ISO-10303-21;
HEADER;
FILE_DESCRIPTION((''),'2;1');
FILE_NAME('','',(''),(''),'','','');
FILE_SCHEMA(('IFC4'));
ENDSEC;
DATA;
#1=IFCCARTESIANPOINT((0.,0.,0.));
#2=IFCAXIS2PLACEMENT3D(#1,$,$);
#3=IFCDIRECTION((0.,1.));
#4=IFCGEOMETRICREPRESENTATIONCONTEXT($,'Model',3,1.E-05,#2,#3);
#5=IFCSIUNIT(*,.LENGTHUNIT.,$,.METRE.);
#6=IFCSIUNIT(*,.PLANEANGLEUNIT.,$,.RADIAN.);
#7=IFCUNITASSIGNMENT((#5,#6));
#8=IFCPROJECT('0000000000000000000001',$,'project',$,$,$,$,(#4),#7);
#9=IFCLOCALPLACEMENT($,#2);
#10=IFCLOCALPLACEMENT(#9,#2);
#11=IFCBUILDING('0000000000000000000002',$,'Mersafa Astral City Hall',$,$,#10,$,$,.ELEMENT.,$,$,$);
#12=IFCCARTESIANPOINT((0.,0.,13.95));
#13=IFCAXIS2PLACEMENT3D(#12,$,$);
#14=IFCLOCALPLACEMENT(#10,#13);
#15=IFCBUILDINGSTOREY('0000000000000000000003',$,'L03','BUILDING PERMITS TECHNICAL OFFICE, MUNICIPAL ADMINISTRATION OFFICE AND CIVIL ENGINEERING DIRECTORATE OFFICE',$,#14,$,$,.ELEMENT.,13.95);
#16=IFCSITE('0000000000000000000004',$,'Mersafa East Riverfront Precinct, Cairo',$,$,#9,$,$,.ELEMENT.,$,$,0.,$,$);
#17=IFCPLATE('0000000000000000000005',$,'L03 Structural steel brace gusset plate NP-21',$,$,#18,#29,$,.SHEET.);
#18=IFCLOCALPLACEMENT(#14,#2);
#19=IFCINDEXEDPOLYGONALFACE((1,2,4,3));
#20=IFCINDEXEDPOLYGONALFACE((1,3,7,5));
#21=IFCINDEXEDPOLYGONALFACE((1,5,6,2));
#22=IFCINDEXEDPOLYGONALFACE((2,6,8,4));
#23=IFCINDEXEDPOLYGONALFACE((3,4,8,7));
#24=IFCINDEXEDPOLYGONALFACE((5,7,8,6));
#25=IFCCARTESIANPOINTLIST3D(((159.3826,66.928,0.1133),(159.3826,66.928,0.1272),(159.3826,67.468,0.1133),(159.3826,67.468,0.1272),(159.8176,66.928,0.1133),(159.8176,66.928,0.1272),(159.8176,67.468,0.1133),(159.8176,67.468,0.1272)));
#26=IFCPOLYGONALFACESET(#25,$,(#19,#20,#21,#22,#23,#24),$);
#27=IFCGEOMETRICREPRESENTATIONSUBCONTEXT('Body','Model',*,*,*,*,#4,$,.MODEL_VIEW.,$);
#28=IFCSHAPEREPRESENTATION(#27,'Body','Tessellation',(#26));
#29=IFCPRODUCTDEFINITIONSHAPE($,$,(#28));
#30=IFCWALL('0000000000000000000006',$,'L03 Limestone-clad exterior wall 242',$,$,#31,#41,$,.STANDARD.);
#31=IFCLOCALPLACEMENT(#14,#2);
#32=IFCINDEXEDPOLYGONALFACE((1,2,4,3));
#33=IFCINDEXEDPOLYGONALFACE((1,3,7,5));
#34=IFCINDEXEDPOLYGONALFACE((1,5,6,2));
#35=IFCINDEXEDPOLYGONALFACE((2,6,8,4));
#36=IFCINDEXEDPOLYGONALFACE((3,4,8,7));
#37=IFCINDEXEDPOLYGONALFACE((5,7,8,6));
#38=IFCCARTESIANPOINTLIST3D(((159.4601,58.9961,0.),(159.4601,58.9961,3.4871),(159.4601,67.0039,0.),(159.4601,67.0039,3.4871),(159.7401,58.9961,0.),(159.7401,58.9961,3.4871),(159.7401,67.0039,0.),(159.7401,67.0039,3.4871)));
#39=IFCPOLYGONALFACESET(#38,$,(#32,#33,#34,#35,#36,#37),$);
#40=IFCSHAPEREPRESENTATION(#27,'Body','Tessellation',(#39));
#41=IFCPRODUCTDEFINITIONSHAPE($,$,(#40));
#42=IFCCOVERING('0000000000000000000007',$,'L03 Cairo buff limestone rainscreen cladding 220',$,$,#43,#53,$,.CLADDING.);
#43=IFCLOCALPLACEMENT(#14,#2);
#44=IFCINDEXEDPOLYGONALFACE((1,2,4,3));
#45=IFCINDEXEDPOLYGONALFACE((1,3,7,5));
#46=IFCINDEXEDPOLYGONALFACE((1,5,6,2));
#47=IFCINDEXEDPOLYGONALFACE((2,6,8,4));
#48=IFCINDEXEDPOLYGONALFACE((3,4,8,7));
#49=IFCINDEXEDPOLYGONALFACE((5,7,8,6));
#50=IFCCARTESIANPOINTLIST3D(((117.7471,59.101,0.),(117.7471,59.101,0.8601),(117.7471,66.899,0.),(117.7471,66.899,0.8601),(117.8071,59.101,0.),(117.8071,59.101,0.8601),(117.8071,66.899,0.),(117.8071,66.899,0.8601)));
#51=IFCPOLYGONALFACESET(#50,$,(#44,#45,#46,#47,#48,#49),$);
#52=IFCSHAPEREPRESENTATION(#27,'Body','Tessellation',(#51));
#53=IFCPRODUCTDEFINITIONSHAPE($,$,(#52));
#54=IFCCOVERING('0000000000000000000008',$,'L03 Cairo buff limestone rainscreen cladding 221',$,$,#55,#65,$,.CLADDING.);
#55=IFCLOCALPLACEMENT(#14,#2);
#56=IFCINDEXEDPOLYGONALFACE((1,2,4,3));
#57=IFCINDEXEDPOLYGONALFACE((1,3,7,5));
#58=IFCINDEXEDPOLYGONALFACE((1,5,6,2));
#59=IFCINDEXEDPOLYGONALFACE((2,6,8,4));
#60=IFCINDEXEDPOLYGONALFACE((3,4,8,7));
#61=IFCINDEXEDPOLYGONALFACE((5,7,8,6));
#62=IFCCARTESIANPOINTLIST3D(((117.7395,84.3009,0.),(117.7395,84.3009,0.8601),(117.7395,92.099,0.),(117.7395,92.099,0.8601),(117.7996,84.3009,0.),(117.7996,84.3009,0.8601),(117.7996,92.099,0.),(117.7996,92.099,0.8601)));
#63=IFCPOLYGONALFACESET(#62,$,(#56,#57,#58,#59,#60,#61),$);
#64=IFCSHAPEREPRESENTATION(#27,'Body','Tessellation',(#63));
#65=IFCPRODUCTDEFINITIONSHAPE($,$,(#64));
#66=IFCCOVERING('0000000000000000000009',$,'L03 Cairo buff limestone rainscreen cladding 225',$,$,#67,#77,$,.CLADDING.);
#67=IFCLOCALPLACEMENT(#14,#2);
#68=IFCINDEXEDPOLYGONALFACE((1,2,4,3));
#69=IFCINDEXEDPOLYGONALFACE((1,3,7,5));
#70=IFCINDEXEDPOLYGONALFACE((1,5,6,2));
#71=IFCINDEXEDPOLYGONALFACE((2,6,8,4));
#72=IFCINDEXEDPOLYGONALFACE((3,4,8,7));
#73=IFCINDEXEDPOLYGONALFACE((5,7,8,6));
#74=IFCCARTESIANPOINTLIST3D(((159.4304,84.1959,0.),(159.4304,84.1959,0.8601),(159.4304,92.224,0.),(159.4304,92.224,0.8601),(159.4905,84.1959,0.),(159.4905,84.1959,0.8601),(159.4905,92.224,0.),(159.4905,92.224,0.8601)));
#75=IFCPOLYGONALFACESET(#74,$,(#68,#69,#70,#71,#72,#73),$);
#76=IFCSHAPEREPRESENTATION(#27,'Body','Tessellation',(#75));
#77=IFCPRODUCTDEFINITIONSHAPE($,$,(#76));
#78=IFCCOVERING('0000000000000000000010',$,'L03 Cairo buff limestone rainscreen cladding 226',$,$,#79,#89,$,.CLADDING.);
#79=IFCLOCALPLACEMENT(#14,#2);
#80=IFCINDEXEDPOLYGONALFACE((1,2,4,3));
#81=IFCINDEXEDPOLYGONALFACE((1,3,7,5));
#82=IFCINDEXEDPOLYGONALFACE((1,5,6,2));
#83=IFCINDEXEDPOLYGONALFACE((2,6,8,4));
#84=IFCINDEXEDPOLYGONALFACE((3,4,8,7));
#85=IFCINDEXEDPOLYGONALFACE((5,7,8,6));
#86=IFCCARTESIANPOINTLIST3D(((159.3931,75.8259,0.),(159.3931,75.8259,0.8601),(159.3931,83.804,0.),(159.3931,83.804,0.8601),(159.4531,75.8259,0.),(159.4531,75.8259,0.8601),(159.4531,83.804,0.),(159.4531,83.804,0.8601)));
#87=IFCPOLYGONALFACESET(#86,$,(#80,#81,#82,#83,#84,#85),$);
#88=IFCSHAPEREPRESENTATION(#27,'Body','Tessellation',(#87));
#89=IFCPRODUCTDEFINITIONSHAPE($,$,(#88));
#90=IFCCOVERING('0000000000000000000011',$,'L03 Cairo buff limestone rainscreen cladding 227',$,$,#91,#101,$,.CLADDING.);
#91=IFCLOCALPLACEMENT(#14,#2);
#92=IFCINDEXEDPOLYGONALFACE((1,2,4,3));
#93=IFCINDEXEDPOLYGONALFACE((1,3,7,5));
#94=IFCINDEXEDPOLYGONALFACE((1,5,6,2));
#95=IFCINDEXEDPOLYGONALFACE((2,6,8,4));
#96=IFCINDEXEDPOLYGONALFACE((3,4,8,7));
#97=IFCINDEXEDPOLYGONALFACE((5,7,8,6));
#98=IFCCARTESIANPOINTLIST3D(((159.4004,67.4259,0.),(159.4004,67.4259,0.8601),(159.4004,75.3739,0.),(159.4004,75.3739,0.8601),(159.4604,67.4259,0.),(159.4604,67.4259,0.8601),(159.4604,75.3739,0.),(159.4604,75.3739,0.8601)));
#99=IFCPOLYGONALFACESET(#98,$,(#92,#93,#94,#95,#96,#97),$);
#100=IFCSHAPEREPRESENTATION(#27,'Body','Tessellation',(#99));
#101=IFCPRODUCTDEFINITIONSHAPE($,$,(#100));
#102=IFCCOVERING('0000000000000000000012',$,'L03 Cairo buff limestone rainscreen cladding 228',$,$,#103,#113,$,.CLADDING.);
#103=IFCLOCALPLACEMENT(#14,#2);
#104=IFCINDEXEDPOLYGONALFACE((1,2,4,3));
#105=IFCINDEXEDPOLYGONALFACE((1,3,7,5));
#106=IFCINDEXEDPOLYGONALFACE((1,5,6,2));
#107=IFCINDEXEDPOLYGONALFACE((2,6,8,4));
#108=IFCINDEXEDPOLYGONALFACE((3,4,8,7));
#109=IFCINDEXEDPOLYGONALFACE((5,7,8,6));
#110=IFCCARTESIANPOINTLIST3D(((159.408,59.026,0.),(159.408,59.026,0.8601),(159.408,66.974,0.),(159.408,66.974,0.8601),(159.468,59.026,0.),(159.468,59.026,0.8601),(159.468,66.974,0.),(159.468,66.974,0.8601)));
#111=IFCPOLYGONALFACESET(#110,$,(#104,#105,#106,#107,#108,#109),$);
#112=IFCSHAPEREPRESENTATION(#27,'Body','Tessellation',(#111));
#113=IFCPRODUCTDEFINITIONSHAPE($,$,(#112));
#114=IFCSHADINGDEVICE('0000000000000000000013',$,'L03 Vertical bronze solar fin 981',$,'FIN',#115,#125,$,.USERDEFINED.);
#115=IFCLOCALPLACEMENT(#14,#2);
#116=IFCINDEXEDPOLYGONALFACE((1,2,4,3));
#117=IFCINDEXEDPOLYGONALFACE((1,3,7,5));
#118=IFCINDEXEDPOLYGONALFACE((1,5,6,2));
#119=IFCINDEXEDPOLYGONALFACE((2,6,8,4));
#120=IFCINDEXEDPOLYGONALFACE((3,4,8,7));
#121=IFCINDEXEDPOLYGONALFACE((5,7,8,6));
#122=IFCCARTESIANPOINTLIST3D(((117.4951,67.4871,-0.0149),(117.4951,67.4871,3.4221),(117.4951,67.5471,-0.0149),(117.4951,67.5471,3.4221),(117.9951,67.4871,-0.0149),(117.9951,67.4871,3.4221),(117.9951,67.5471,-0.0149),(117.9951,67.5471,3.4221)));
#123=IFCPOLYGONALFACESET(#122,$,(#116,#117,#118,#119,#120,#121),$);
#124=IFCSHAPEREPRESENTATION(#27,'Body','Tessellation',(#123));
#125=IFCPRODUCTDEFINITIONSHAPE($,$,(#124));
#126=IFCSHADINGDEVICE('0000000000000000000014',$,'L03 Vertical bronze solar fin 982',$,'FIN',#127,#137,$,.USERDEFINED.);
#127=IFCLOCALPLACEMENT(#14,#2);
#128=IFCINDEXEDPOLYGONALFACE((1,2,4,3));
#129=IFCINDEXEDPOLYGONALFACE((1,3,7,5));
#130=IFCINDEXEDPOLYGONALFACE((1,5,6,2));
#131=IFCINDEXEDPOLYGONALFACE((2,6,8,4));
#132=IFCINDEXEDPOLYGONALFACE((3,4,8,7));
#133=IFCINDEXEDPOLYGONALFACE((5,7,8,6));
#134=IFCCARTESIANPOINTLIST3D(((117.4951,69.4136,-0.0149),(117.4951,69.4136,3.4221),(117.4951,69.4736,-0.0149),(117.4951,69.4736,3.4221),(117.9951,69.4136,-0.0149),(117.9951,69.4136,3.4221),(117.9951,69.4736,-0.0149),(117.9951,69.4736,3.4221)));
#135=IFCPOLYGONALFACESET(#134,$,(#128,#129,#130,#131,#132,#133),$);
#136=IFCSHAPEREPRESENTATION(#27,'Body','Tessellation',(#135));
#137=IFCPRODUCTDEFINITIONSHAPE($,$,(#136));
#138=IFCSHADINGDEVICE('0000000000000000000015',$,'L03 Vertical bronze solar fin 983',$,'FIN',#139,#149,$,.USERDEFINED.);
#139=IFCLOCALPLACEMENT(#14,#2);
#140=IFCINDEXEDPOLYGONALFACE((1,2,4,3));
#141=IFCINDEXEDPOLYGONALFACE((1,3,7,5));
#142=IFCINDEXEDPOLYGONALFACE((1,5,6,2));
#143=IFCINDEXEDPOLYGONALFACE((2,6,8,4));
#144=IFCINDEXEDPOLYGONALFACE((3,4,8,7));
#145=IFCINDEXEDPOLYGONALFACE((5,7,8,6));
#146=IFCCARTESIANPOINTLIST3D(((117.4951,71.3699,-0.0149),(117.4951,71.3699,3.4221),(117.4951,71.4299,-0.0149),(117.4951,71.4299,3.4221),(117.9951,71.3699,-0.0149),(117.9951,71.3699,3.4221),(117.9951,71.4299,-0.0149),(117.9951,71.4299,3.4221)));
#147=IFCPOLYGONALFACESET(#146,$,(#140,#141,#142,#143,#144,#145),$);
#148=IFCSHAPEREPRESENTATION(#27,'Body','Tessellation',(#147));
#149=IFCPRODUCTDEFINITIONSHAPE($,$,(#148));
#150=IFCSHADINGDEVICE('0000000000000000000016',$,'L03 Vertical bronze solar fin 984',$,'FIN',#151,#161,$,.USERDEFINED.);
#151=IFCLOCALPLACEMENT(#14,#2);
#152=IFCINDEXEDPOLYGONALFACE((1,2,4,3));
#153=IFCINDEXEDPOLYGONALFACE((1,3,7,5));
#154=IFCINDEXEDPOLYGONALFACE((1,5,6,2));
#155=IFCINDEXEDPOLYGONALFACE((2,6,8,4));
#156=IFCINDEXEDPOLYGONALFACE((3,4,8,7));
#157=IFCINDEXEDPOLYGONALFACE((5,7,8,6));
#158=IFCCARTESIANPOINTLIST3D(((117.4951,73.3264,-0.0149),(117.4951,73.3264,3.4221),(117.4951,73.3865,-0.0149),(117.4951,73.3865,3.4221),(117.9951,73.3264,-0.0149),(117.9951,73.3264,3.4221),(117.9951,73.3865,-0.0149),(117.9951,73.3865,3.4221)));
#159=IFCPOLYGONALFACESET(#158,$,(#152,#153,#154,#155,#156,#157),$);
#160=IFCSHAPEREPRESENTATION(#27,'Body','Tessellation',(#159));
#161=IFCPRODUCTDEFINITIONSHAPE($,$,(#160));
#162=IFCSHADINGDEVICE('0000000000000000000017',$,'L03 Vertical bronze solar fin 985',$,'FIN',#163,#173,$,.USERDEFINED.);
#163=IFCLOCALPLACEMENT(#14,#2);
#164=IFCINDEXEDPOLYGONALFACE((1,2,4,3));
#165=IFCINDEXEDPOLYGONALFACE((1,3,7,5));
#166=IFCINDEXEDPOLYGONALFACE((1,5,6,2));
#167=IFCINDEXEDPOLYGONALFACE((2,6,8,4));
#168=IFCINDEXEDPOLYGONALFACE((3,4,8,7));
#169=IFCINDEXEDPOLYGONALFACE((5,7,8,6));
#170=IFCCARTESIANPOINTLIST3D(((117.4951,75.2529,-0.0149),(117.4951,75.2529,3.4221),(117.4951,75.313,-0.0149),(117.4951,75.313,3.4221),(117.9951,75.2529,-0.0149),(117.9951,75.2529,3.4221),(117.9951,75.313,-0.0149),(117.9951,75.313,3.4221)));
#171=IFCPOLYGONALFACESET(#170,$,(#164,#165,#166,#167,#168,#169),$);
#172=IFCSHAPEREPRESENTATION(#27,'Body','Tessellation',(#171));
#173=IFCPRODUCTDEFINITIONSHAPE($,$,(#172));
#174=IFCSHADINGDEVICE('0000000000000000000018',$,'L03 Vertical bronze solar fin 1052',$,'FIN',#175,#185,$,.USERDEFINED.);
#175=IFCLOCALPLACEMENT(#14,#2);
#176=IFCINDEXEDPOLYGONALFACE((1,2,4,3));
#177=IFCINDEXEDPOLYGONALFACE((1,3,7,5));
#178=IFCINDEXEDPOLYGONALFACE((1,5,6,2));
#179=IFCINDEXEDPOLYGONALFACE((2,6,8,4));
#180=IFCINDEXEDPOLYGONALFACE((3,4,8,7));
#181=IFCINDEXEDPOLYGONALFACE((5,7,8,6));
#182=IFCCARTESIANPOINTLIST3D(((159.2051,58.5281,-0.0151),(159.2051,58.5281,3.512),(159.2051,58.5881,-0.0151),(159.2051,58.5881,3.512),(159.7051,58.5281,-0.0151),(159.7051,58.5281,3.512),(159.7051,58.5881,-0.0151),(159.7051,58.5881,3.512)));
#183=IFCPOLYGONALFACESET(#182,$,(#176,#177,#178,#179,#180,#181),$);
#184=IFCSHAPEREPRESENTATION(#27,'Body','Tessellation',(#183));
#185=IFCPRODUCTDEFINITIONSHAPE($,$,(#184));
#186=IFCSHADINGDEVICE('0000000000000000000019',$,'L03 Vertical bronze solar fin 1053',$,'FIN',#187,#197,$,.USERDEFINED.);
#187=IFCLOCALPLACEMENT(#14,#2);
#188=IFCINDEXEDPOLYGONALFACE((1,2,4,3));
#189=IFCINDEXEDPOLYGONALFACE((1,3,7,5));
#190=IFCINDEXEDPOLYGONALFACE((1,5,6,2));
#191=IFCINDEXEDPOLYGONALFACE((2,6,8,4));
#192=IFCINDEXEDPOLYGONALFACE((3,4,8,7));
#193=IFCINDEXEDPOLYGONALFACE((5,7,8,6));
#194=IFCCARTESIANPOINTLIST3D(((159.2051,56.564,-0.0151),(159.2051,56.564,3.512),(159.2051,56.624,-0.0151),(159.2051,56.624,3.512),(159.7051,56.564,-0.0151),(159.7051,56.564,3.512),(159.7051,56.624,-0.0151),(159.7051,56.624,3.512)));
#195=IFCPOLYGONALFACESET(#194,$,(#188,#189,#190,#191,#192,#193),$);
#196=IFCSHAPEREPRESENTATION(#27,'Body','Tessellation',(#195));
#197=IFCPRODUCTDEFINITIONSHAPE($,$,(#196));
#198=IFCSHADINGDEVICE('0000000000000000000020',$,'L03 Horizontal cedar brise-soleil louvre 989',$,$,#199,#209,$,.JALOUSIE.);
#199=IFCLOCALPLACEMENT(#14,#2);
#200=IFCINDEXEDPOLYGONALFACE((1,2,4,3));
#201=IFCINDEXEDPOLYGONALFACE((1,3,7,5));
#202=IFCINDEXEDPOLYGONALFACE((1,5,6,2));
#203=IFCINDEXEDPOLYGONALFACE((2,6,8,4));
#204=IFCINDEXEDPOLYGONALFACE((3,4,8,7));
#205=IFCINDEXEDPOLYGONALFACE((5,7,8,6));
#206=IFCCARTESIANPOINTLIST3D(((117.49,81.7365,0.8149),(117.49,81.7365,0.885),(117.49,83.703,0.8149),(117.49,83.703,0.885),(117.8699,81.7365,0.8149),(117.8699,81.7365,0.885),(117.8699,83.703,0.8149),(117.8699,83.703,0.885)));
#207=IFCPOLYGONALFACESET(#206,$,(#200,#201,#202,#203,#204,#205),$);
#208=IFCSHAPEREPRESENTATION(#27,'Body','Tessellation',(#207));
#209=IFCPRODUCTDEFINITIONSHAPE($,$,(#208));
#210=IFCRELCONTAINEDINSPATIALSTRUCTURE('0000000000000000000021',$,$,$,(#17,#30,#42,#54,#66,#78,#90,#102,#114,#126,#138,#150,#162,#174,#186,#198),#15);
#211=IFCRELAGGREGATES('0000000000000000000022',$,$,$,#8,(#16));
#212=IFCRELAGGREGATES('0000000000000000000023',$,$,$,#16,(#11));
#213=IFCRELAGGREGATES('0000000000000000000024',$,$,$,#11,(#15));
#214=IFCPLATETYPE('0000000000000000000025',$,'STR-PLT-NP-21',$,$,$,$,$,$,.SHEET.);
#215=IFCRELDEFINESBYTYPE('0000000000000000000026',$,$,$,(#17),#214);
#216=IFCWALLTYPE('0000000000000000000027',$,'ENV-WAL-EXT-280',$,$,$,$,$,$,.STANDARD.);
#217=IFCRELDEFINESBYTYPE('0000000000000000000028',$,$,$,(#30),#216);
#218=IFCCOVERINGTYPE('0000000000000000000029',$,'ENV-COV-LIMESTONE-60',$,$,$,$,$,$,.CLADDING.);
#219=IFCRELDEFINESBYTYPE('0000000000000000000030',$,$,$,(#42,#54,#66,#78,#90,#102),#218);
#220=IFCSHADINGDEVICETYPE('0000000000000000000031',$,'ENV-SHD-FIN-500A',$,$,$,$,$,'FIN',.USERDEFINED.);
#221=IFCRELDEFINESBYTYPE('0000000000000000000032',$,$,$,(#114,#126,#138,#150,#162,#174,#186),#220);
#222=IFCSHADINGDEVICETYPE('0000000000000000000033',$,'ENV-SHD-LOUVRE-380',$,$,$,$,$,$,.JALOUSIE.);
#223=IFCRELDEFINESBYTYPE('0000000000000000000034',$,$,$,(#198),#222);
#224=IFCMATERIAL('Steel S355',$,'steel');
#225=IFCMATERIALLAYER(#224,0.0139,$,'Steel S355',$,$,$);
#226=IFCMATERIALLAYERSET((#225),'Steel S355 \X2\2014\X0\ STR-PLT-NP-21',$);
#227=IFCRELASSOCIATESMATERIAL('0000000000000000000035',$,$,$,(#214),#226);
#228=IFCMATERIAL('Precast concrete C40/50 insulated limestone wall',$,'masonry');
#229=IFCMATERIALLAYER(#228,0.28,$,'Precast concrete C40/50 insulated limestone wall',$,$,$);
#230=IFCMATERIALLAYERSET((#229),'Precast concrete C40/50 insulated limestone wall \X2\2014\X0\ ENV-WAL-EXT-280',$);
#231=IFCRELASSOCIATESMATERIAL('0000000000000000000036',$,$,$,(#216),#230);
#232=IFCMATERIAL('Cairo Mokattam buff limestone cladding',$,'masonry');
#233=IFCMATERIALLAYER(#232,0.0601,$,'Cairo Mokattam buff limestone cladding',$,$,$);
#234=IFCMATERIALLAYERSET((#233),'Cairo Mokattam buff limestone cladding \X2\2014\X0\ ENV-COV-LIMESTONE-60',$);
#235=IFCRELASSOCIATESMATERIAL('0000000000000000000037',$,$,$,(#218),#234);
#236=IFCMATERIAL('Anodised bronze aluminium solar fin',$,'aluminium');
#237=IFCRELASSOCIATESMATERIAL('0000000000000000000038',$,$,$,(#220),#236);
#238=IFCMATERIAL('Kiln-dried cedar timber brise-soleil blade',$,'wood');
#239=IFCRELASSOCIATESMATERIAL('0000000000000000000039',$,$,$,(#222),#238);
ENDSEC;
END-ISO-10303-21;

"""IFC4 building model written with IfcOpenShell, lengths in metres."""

from ifc_helpers import new_model, si_unit, direction, frame, frame_2d, origin, origin_2d, place, context, subcontext, project, spatial, rectangle, extrude, material, layer, layer_set, type_object, element, save


model = new_model("IFC4")

# Units and contexts
model_context = context("Model", 3, precision=1e-05, world=origin(), true_north=direction((0.0, 1.0)))
body_context = subcontext(model_context, "Body", "Model", "MODEL_VIEW")
ifc_project = project(units=[si_unit("LENGTHUNIT", "METRE"), si_unit("PLANEANGLEUNIT", "RADIAN")], contexts=[model_context])

# Site, building, storey
site_placement = place(None, origin())
site = spatial("IfcSite", under=ifc_project, at=site_placement, Name="Mersafa East Riverfront Precinct, Cairo", CompositionType="ELEMENT", RefElevation=0.0)
building_placement = place(site_placement, origin())
building = spatial("IfcBuilding", under=site, at=building_placement, Name="Mersafa Astral City Hall", CompositionType="ELEMENT")
storey_placement = place(building_placement, frame((0.0, 0.0, 13.95)))
storey = spatial("IfcBuildingStorey", under=building, at=storey_placement, Name="L03", Description="BUILDING PERMITS TECHNICAL OFFICE, MUNICIPAL ADMINISTRATION OFFICE AND CIVIL ENGINEERING DIRECTORATE OFFICE", CompositionType="ELEMENT", Elevation=13.95)

# Shared definitions
ifc_material_1 = material(Name="Steel S355", Category="steel")

# Plate
ifc_layer_1 = layer(ifc_material_1, 0.0139, Name="Steel S355")
ifc_layer_set_1 = layer_set([ifc_layer_1], Name="Steel S355 — STR-PLT-NP-21")
plate_type = type_object("IfcPlateType", Name="STR-PLT-NP-21", PredefinedType="SHEET", material=ifc_layer_set_1)
plate_placement = place(storey_placement, frame((159.6001, 67.198, 0.1133), z_axis=(0.0, 0.0, 1.0), x_axis=(1.0, 0.0, 0.0)))
element("IfcPlate", 1, at=plate_placement, inside=storey, type_object=plate_type, Name="L03 Structural steel brace gusset plate NP-21", PredefinedType="SHEET", context=body_context, shape_type="SweptSolid", body=[
    extrude(rectangle(XDim=0.4351, YDim=0.54, at=origin_2d()), origin(), (0.0, 0.0, 1.0), 0.0139),
])

# Wall
ifc_material_2 = material(Name="Precast concrete C40/50 insulated limestone wall", Category="masonry")
ifc_layer_2 = layer(ifc_material_2, 0.28, Name="Precast concrete C40/50 insulated limestone wall")
ifc_layer_set_2 = layer_set([ifc_layer_2], Name="Precast concrete C40/50 insulated limestone wall — ENV-WAL-EXT-280")
wall_type = type_object("IfcWallType", Name="ENV-WAL-EXT-280", PredefinedType="STANDARD", material=ifc_layer_set_2)
wall_placement = place(storey_placement, frame((159.6001, 67.0039, 0.0), z_axis=(0.0, 0.0, 1.0), x_axis=(0.0, -1.0, 0.0)))
element("IfcWall", 2, at=wall_placement, inside=storey, type_object=wall_type, Name="L03 Limestone-clad exterior wall 242", PredefinedType="STANDARD", context=body_context, shape_type="SweptSolid", body=[
    extrude(rectangle(XDim=8.0078, YDim=0.28, at=frame_2d((4.0039, 0.0))), origin(), (0.0, 0.0, 1.0), 3.4871),
])

# Coverings
ifc_material_3 = material(Name="Cairo Mokattam buff limestone cladding", Category="masonry")
ifc_layer_3 = layer(ifc_material_3, 0.0601, Name="Cairo Mokattam buff limestone cladding")
ifc_layer_set_3 = layer_set([ifc_layer_3], Name="Cairo Mokattam buff limestone cladding — ENV-COV-LIMESTONE-60")
covering_type = type_object("IfcCoveringType", Name="ENV-COV-LIMESTONE-60", PredefinedType="CLADDING", material=ifc_layer_set_3)
for number, where, z_axis, x_axis, name in (
    (3, (117.7771, 63.0, 0.0), (0.0, 0.0, 1.0), (0.0, 1.0, 0.0), "L03 Cairo buff limestone rainscreen cladding 220"),
    (4, (117.7695, 88.2, 0.0), (0.0, 0.0, 1.0), (0.0, 1.0, 0.0), "L03 Cairo buff limestone rainscreen cladding 221"),
):
    element("IfcCovering", number, at=place(storey_placement, frame(where, z_axis=z_axis, x_axis=x_axis)), inside=storey, type_object=covering_type, Name=name, PredefinedType="CLADDING", context=body_context, shape_type="SweptSolid", body=[
        extrude(rectangle(XDim=7.7981, YDim=0.0601, at=origin_2d()), origin(), (0.0, 0.0, 1.0), 0.8601),
    ])
covering_1_placement = place(storey_placement, frame((159.4604, 88.21, 0.0), z_axis=(0.0, 0.0, 1.0), x_axis=(0.0, -1.0, 0.0)))
element("IfcCovering", 5, at=covering_1_placement, inside=storey, type_object=covering_type, Name="L03 Cairo buff limestone rainscreen cladding 225", PredefinedType="CLADDING", context=body_context, shape_type="SweptSolid", body=[
    extrude(rectangle(XDim=8.0281, YDim=0.0601, at=origin_2d()), origin(), (0.0, 0.0, 1.0), 0.8601),
])
covering_2_placement = place(storey_placement, frame((159.4231, 79.8149, 0.0), z_axis=(0.0, 0.0, 1.0), x_axis=(0.0, -1.0, 0.0)))
element("IfcCovering", 6, at=covering_2_placement, inside=storey, type_object=covering_type, Name="L03 Cairo buff limestone rainscreen cladding 226", PredefinedType="CLADDING", context=body_context, shape_type="SweptSolid", body=[
    extrude(rectangle(XDim=7.978, YDim=0.0601, at=origin_2d()), origin(), (0.0, 0.0, 1.0), 0.8601),
])
for number, where, z_axis, x_axis, name in (
    (7, (159.4304, 71.3999, 0.0), (0.0, 0.0, 1.0), (0.0, -1.0, 0.0), "L03 Cairo buff limestone rainscreen cladding 227"),
    (8, (159.438, 63.0, 0.0), (0.0, 0.0, 1.0), (0.0, -1.0, 0.0), "L03 Cairo buff limestone rainscreen cladding 228"),
):
    element("IfcCovering", number, at=place(storey_placement, frame(where, z_axis=z_axis, x_axis=x_axis)), inside=storey, type_object=covering_type, Name=name, PredefinedType="CLADDING", context=body_context, shape_type="SweptSolid", body=[
        extrude(rectangle(XDim=7.948, YDim=0.0601, at=origin_2d()), origin(), (0.0, 0.0, 1.0), 0.8601),
    ])

# Shading devices
ifc_material_4 = material(Name="Anodised bronze aluminium solar fin", Category="aluminium")
shading_device_type_1 = type_object("IfcShadingDeviceType", Name="ENV-SHD-FIN-500A", ElementType="FIN", PredefinedType="USERDEFINED", material=ifc_material_4)
for number, where, z_axis, x_axis, name in (
    (9, (117.7451, 67.5171, -0.0149), (0.0, 0.0, 1.0), (0.0, 1.0, 0.0), "L03 Vertical bronze solar fin 981"),
    (10, (117.7451, 69.4436, -0.0149), (0.0, 0.0, 1.0), (0.0, 1.0, 0.0), "L03 Vertical bronze solar fin 982"),
    (11, (117.7451, 71.3999, -0.0149), (0.0, 0.0, 1.0), (0.0, 1.0, 0.0), "L03 Vertical bronze solar fin 983"),
    (12, (117.7451, 73.3564, -0.0149), (0.0, 0.0, 1.0), (0.0, 1.0, 0.0), "L03 Vertical bronze solar fin 984"),
    (13, (117.7451, 75.283, -0.0149), (0.0, 0.0, 1.0), (0.0, 1.0, 0.0), "L03 Vertical bronze solar fin 985"),
):
    element("IfcShadingDevice", number, at=place(storey_placement, frame(where, z_axis=z_axis, x_axis=x_axis)), inside=storey, type_object=shading_device_type_1, Name=name, ObjectType="FIN", PredefinedType="USERDEFINED", context=body_context, shape_type="SweptSolid", body=[
        extrude(rectangle(XDim=0.0601, YDim=0.5, at=origin_2d()), origin(), (0.0, 0.0, 1.0), 3.437),
    ])
for number, where, z_axis, x_axis, name in (
    (14, (159.4551, 58.5581, -0.0151), (0.0, 0.0, 1.0), (0.0, -1.0, 0.0), "L03 Vertical bronze solar fin 1052"),
    (15, (159.4551, 56.594, -0.0151), (0.0, 0.0, 1.0), (0.0, -1.0, 0.0), "L03 Vertical bronze solar fin 1053"),
):
    element("IfcShadingDevice", number, at=place(storey_placement, frame(where, z_axis=z_axis, x_axis=x_axis)), inside=storey, type_object=shading_device_type_1, Name=name, ObjectType="FIN", PredefinedType="USERDEFINED", context=body_context, shape_type="SweptSolid", body=[
        extrude(rectangle(XDim=0.0601, YDim=0.5, at=origin_2d()), origin(), (0.0, 0.0, 1.0), 3.5271),
    ])
ifc_material_5 = material(Name="Kiln-dried cedar timber brise-soleil blade", Category="wood")
shading_device_type_2 = type_object("IfcShadingDeviceType", Name="ENV-SHD-LOUVRE-380", PredefinedType="JALOUSIE", material=ifc_material_5)
for number, where, z_axis, x_axis, name in (
    (16, (117.6799, 82.7197, 0.8149), (0.0, 0.0, 1.0), (0.0, 1.0, 0.0), "L03 Horizontal cedar brise-soleil louvre 989"),
):
    element("IfcShadingDevice", number, at=place(storey_placement, frame(where, z_axis=z_axis, x_axis=x_axis)), inside=storey, type_object=shading_device_type_2, Name=name, PredefinedType="JALOUSIE", context=body_context, shape_type="SweptSolid", body=[
        extrude(rectangle(XDim=1.9666, YDim=0.3799, at=origin_2d()), origin(), (0.0, 0.0, 1.0), 0.0701),
    ])

save(model, "model.ifc")
